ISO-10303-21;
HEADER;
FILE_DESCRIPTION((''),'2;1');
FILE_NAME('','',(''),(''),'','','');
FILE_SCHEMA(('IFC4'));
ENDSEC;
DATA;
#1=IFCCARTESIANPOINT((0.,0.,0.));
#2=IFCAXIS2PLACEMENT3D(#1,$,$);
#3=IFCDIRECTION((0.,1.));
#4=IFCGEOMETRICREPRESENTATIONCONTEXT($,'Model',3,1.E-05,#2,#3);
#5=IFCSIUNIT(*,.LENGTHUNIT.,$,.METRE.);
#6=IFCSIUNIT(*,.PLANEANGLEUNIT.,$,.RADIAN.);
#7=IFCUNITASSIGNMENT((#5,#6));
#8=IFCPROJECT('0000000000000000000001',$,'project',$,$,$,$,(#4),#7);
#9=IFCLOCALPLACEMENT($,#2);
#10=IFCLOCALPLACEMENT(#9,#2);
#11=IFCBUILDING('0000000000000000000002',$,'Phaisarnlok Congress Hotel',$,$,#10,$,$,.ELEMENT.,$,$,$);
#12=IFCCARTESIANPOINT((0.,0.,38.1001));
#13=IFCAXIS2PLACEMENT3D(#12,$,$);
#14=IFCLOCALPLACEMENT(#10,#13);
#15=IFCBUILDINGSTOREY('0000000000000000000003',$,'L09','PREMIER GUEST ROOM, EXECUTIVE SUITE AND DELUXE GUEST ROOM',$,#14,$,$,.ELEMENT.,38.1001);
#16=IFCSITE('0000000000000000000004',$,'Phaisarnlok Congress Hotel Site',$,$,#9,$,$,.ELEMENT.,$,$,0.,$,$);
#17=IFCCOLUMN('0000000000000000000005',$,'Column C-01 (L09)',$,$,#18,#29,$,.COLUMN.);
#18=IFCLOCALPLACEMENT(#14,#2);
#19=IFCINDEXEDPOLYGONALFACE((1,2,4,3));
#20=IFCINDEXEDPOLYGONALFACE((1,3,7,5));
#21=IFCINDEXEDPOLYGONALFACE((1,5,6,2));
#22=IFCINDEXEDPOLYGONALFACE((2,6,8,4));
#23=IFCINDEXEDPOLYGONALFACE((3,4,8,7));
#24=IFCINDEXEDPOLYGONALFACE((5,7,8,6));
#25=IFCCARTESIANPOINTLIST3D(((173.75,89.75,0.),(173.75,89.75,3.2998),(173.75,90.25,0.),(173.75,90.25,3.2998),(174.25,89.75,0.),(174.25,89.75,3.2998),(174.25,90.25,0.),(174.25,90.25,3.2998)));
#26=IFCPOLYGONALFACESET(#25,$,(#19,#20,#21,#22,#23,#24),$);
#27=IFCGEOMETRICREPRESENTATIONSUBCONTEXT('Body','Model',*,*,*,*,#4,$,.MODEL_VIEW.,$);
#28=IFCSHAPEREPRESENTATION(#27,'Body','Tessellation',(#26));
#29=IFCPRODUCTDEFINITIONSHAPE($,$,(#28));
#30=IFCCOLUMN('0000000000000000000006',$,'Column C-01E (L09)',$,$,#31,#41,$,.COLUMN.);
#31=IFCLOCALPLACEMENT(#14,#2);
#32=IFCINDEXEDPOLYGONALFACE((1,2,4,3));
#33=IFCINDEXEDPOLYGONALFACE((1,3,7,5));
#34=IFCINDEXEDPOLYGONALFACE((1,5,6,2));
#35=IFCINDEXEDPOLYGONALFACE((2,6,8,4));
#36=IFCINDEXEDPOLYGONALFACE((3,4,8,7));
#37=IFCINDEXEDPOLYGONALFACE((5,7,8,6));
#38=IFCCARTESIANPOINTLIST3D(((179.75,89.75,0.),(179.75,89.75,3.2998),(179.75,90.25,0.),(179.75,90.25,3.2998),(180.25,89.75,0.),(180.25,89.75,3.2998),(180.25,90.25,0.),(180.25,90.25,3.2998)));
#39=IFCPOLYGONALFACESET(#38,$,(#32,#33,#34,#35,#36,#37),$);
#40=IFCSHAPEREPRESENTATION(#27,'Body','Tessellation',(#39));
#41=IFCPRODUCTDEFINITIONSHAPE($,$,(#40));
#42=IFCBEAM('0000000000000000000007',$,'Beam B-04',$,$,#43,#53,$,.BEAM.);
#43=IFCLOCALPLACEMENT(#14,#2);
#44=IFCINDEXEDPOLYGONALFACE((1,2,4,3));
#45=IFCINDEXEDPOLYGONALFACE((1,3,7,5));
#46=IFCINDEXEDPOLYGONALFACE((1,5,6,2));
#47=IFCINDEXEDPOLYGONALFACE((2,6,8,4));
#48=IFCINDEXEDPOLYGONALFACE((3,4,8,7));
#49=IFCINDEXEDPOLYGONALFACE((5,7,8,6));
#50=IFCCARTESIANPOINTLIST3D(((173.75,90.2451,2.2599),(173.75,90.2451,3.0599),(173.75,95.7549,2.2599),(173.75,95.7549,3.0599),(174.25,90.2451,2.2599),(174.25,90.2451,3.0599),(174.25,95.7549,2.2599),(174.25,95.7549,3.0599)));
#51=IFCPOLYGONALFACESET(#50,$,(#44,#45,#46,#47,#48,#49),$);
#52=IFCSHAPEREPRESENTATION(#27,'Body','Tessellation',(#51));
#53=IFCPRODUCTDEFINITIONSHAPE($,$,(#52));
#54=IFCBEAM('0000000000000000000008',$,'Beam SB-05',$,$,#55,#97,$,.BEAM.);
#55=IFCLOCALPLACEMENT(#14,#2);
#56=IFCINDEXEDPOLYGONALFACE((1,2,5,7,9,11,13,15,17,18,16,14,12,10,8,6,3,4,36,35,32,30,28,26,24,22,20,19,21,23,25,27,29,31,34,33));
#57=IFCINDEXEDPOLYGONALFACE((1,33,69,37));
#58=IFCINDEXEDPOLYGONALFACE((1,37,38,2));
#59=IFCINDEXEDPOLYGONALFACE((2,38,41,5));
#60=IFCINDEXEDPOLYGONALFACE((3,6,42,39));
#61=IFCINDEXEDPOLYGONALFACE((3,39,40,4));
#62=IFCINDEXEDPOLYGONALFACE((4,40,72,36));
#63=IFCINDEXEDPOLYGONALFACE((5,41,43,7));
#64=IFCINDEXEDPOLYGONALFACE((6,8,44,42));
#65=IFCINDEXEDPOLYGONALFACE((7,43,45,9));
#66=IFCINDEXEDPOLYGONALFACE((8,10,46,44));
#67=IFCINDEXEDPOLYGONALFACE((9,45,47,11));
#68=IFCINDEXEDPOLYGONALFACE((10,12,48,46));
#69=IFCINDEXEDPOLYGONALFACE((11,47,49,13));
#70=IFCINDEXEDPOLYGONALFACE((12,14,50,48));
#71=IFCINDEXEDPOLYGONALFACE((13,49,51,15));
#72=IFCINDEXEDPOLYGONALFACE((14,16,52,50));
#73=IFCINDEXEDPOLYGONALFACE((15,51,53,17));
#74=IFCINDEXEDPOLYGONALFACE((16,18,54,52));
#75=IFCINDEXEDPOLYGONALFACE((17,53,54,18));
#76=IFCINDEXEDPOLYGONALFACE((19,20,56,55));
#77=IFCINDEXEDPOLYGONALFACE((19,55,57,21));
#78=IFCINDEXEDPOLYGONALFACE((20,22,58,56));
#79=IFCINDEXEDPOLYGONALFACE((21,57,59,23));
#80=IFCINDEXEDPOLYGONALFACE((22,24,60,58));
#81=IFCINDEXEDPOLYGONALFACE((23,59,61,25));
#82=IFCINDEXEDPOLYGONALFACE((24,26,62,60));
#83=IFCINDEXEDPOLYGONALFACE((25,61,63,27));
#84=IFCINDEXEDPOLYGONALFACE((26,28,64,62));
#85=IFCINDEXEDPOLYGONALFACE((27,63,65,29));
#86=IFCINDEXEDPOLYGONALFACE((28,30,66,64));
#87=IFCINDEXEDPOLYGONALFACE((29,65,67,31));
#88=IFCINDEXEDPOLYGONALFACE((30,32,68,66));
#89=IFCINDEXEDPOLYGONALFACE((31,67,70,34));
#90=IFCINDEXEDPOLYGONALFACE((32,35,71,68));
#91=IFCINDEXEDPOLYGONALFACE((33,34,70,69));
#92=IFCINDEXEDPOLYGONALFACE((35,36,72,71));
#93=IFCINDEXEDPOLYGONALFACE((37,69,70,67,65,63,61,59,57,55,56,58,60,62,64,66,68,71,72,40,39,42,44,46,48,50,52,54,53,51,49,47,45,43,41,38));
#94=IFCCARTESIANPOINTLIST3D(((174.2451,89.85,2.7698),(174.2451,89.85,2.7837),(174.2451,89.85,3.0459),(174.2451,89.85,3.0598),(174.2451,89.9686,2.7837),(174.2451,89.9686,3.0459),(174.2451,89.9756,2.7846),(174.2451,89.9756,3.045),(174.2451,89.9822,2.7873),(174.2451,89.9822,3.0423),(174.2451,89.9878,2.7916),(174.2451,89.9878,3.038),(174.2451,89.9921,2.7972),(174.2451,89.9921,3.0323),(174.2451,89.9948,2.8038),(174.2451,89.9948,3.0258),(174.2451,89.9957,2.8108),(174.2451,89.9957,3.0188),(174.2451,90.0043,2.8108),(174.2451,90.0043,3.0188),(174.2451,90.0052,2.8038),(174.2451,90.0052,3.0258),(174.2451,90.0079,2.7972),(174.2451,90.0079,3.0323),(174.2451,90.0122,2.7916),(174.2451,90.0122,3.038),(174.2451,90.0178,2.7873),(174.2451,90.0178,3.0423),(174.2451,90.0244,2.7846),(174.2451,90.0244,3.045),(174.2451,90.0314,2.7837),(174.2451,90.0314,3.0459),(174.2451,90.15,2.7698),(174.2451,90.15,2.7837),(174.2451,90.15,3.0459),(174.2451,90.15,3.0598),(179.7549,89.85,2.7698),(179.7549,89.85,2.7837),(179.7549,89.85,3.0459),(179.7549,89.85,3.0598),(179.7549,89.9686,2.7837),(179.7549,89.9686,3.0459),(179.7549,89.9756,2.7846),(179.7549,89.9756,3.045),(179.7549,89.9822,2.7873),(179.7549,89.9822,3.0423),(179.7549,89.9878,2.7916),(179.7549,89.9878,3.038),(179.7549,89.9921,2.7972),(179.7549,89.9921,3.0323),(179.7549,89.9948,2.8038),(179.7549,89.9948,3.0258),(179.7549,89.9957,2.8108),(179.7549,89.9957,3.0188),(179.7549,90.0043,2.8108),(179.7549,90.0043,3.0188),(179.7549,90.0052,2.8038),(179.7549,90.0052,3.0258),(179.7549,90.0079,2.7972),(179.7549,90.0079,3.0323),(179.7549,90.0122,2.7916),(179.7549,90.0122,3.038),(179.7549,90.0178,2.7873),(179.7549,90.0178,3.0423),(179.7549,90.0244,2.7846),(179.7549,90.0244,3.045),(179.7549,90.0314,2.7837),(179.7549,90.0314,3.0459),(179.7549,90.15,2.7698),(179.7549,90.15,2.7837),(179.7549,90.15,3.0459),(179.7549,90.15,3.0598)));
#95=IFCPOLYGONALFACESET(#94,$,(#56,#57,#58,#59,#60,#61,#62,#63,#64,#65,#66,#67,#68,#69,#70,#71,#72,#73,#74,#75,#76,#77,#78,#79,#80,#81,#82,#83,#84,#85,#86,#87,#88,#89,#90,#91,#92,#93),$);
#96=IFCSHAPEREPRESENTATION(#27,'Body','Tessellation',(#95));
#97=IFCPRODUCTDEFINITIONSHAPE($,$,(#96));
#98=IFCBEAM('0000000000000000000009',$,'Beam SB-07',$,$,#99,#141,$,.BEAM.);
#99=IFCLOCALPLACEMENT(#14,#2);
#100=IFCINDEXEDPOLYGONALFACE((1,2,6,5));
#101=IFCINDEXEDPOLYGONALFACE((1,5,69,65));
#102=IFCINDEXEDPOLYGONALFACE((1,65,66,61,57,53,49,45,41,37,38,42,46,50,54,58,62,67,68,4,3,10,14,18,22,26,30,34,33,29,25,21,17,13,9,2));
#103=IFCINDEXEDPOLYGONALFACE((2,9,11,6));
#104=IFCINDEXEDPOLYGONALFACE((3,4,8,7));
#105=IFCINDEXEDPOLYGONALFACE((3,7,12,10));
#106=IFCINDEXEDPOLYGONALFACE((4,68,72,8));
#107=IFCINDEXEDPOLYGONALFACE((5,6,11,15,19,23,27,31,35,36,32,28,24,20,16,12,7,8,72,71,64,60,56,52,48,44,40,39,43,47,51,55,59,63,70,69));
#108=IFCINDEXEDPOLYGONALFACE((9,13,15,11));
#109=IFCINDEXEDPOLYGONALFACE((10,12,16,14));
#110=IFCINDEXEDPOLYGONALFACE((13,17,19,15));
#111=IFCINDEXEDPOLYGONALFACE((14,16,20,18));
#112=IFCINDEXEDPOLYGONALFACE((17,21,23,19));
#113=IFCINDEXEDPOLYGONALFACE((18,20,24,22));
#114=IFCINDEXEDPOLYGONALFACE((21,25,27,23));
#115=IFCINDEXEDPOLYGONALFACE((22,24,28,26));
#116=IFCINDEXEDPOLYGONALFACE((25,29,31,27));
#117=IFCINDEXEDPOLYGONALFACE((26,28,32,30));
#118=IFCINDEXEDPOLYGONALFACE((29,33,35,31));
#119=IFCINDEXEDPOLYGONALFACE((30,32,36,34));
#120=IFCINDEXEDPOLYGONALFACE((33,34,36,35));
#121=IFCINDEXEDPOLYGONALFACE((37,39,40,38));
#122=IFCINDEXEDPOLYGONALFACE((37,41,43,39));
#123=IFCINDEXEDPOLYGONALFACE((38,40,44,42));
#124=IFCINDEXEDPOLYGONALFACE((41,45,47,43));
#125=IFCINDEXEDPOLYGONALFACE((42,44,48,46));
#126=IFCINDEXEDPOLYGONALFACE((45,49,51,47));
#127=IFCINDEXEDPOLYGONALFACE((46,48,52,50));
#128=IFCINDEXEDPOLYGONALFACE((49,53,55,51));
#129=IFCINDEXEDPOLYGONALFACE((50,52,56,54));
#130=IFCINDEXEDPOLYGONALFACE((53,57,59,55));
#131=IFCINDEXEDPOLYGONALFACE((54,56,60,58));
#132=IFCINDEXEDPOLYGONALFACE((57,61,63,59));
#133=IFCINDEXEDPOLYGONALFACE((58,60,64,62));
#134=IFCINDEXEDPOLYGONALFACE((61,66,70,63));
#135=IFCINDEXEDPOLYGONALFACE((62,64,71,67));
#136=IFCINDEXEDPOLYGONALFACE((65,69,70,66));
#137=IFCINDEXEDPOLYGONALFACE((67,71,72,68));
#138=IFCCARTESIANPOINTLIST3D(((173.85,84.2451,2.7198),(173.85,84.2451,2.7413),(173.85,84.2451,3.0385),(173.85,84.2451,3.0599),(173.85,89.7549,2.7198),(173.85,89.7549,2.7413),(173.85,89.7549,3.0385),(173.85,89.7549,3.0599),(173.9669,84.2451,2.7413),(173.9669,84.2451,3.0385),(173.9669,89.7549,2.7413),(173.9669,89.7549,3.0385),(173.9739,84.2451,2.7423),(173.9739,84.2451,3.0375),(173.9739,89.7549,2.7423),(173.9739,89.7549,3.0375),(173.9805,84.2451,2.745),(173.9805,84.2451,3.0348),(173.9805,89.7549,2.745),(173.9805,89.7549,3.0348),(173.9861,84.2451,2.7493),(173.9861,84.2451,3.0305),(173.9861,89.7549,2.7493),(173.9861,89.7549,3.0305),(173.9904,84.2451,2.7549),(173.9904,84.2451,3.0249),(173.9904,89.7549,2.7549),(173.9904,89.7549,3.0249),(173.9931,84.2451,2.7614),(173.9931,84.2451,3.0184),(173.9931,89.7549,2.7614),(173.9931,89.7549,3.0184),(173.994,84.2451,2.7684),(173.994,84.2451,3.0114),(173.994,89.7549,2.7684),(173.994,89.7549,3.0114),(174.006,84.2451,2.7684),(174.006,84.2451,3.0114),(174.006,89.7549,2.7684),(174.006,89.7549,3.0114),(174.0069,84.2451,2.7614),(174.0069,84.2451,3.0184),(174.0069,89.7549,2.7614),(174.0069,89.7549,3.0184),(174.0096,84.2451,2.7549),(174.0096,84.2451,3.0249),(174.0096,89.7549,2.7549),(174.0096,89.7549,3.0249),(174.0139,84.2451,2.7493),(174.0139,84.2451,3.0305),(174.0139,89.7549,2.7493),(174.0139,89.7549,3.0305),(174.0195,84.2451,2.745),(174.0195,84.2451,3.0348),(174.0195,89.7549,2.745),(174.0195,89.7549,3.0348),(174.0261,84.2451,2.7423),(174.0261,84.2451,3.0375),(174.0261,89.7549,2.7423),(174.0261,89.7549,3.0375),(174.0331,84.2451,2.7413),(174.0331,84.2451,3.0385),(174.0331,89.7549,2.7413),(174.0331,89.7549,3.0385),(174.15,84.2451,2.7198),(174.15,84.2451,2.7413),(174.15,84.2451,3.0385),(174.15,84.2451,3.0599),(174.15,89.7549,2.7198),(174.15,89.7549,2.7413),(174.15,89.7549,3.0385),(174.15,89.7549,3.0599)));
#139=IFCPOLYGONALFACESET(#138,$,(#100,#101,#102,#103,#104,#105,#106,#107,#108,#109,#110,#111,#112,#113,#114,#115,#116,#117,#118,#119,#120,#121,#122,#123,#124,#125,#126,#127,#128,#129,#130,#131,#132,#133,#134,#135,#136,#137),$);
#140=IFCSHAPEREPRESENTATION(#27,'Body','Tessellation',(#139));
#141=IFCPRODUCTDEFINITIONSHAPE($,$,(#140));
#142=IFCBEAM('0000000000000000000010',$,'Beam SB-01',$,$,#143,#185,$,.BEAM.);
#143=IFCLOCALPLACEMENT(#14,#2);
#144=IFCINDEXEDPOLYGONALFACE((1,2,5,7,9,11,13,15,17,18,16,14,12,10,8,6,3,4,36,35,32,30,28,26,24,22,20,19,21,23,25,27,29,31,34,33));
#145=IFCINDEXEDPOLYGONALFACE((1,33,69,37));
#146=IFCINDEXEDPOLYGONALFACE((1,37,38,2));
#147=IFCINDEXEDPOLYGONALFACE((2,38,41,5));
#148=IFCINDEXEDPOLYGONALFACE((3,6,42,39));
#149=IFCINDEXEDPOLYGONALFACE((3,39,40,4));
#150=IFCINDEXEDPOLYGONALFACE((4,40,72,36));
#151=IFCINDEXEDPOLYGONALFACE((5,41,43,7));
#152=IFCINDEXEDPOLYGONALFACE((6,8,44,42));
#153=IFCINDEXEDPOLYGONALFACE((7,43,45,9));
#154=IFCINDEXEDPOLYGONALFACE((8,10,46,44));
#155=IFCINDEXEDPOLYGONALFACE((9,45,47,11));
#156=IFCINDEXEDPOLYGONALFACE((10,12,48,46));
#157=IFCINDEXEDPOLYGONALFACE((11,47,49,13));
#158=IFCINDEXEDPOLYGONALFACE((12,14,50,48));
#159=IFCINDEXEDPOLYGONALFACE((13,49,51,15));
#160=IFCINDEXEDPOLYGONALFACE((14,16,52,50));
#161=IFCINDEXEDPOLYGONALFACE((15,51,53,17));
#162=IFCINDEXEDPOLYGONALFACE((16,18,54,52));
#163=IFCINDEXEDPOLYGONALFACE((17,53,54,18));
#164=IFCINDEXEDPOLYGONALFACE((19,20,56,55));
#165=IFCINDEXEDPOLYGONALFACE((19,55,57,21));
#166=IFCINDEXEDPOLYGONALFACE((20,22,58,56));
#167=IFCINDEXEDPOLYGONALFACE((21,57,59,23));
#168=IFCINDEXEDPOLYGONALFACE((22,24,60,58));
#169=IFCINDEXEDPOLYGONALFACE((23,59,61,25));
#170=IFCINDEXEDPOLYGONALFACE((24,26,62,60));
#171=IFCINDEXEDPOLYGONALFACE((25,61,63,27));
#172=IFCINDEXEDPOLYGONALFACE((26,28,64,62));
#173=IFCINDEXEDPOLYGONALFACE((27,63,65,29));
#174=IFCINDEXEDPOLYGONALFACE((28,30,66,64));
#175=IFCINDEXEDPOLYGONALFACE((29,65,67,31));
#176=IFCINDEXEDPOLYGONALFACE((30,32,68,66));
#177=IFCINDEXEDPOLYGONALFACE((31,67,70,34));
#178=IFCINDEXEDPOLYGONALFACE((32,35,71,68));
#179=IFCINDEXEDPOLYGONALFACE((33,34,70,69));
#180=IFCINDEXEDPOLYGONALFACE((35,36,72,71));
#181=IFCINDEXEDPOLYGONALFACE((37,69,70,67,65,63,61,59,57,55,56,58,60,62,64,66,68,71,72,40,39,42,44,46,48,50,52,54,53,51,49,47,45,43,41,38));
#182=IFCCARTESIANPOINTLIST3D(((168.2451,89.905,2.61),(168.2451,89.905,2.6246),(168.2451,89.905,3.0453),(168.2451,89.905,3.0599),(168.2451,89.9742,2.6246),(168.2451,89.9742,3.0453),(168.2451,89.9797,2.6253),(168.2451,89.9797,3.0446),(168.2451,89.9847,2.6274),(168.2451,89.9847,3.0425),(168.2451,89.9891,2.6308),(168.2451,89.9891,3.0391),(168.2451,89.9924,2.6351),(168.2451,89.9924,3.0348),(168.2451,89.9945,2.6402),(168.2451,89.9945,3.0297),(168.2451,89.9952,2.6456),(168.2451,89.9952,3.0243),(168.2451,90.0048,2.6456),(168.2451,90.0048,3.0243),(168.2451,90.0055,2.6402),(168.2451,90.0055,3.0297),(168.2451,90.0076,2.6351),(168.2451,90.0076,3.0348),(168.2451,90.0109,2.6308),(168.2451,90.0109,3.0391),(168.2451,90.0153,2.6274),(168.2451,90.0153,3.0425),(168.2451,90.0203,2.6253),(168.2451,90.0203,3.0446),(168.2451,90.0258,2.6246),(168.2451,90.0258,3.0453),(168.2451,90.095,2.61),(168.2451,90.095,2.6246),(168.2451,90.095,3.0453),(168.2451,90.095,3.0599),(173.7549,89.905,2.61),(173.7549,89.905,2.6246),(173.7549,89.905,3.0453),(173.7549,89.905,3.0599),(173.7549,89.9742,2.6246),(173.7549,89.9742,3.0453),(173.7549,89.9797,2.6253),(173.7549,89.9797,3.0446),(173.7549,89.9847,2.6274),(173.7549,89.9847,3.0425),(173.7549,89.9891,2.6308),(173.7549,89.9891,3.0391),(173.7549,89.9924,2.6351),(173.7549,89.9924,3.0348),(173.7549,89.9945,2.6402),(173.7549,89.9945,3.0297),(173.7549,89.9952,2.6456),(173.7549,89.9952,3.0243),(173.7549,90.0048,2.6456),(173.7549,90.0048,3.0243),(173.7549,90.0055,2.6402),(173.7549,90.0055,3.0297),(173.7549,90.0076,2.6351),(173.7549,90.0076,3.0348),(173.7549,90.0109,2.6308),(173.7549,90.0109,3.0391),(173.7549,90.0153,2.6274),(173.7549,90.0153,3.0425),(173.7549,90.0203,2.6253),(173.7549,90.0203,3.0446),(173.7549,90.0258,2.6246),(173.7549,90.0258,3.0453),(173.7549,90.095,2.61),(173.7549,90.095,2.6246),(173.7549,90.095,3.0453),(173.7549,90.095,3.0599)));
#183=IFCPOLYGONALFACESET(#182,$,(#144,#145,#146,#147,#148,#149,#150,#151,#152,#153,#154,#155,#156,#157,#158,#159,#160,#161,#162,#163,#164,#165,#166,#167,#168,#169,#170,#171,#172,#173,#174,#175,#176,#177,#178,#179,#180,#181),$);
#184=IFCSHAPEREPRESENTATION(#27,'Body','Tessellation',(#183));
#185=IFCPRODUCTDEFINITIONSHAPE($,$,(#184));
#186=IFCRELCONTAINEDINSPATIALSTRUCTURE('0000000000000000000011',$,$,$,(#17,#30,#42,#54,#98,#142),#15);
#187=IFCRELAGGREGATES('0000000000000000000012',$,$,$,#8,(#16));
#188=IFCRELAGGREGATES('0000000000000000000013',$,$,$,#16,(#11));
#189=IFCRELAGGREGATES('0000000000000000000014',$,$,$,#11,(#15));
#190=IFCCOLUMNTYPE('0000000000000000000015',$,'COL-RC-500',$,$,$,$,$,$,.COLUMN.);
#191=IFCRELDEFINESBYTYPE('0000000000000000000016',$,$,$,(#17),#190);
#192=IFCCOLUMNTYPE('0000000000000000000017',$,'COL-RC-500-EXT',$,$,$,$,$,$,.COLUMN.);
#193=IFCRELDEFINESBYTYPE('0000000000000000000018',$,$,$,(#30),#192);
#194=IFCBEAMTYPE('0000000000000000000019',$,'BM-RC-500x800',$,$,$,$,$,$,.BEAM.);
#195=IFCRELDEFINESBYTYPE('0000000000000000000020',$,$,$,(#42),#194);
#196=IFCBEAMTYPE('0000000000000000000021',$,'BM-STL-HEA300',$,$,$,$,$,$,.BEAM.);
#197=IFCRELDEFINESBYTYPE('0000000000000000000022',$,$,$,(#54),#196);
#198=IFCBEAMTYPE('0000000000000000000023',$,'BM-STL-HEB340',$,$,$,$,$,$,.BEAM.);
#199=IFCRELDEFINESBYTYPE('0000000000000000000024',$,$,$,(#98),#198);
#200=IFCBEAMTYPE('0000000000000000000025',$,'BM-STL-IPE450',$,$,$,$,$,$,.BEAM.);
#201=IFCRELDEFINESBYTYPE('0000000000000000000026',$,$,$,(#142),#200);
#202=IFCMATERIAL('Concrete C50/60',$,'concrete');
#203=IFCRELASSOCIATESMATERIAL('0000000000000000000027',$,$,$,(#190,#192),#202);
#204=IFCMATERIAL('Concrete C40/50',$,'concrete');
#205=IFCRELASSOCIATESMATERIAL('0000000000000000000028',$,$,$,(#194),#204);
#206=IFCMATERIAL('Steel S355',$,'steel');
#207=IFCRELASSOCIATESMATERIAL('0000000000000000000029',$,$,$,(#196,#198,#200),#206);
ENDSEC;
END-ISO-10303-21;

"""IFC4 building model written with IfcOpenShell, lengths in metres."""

from ifc_helpers import new_model, si_unit, direction, frame, origin, origin_2d, place, context, subcontext, project, spatial, rectangle, i_section, extrude, material, material_profile, profile_set, type_object, element, save


model = new_model("IFC4")

# Units and contexts
model_context = context("Model", 3, precision=1e-05, world=origin(), true_north=direction((0.0, 1.0)))
body_context = subcontext(model_context, "Body", "Model", "MODEL_VIEW")
ifc_project = project(units=[si_unit("LENGTHUNIT", "METRE"), si_unit("PLANEANGLEUNIT", "RADIAN")], contexts=[model_context])

# Site, building, storey
site_placement = place(None, origin())
site = spatial("IfcSite", under=ifc_project, at=site_placement, Name="Phaisarnlok Congress Hotel Site", CompositionType="ELEMENT", RefElevation=0.0)
building_placement = place(site_placement, origin())
building = spatial("IfcBuilding", under=site, at=building_placement, Name="Phaisarnlok Congress Hotel", CompositionType="ELEMENT")
storey_placement = place(building_placement, frame((0.0, 0.0, 38.1001)))
storey = spatial("IfcBuildingStorey", under=building, at=storey_placement, Name="L09", Description="PREMIER GUEST ROOM, EXECUTIVE SUITE AND DELUXE GUEST ROOM", CompositionType="ELEMENT", Elevation=38.1001)

# Columns
ifc_material_1 = material(Name="Concrete C50/60", Category="concrete")
ifc_material_profile_1 = material_profile(ifc_material_1, rectangle(XDim=0.5, YDim=0.5, at=origin_2d()), Name="RC 500x500")
ifc_profile_set_1 = profile_set([ifc_material_profile_1], Name="Concrete C50/60")
column_type_1 = type_object("IfcColumnType", Name="COL-RC-500", PredefinedType="COLUMN", material=ifc_profile_set_1)
column_1_placement = place(storey_placement, frame((174.0, 90.0, 0.0), z_axis=(0.0, 0.0, 1.0), x_axis=(1.0, 0.0, 0.0)))
element("IfcColumn", 1, at=column_1_placement, inside=storey, type_object=column_type_1, Name="Column C-01 (L09)", PredefinedType="COLUMN", context=body_context, shape_type="SweptSolid", body=[
    extrude(rectangle(XDim=0.5, YDim=0.5, at=origin_2d()), origin(), (0.0, 0.0, 1.0), 3.2998),
])
ifc_material_profile_2 = material_profile(ifc_material_1, rectangle(XDim=0.5, YDim=0.5, at=origin_2d()), Name="RC 500x500")
ifc_profile_set_2 = profile_set([ifc_material_profile_2], Name="Concrete C50/60")
column_type_2 = type_object("IfcColumnType", Name="COL-RC-500-EXT", PredefinedType="COLUMN", material=ifc_profile_set_2)
column_2_placement = place(storey_placement, frame((180.0, 90.0, 0.0), z_axis=(0.0, 0.0, 1.0), x_axis=(1.0, 0.0, 0.0)))
element("IfcColumn", 2, at=column_2_placement, inside=storey, type_object=column_type_2, Name="Column C-01E (L09)", PredefinedType="COLUMN", context=body_context, shape_type="SweptSolid", body=[
    extrude(rectangle(XDim=0.5, YDim=0.5, at=origin_2d()), origin(), (0.0, 0.0, 1.0), 3.2998),
])

# Beams
ifc_material_2 = material(Name="Concrete C40/50", Category="concrete")
ifc_material_profile_3 = material_profile(ifc_material_2, rectangle(XDim=0.5, YDim=0.8, at=origin_2d()), Name="RC 500x800")
ifc_profile_set_3 = profile_set([ifc_material_profile_3], Name="Concrete C40/50")
beam_type_1 = type_object("IfcBeamType", Name="BM-RC-500x800", PredefinedType="BEAM", material=ifc_profile_set_3)
beam_1_placement = place(storey_placement, frame((174.0, 90.2451, 2.6599), z_axis=(0.0, 1.0, 0.0), x_axis=(-1.0, 0.0, 0.0)))
element("IfcBeam", 3, at=beam_1_placement, inside=storey, type_object=beam_type_1, Name="Beam B-04", PredefinedType="BEAM", context=body_context, shape_type="SweptSolid", body=[
    extrude(rectangle(XDim=0.5, YDim=0.8, at=origin_2d()), origin(), (0.0, 0.0, 1.0), 5.5098),
])
ifc_material_3 = material(Name="Steel S355", Category="steel")
ifc_material_profile_4 = material_profile(ifc_material_3, i_section(OverallWidth=0.3, OverallDepth=0.29, WebThickness=0.0085, FlangeThickness=0.0139, FilletRadius=0.0271, at=origin_2d()), Name="HEA 300")
ifc_profile_set_4 = profile_set([ifc_material_profile_4], Name="Steel S355")
beam_type_2 = type_object("IfcBeamType", Name="BM-STL-HEA300", PredefinedType="BEAM", material=ifc_profile_set_4)
beam_2_placement = place(storey_placement, frame((174.2451, 90.0, 2.9148), z_axis=(1.0, 0.0, 0.0), x_axis=(0.0, 1.0, 0.0)))
element("IfcBeam", 4, at=beam_2_placement, inside=storey, type_object=beam_type_2, Name="Beam SB-05", PredefinedType="BEAM", context=body_context, shape_type="SweptSolid", body=[
    extrude(i_section(OverallWidth=0.3, OverallDepth=0.29, WebThickness=0.0085, FlangeThickness=0.0139, FilletRadius=0.0271, at=origin_2d()), origin(), (0.0, 0.0, 1.0), 5.5098),
])
ifc_material_profile_5 = material_profile(ifc_material_3, i_section(OverallWidth=0.3, OverallDepth=0.3401, WebThickness=0.012, FlangeThickness=0.0215, FilletRadius=0.0271, at=origin_2d()), Name="HEB 340")
ifc_profile_set_5 = profile_set([ifc_material_profile_5], Name="Steel S355")
beam_type_3 = type_object("IfcBeamType", Name="BM-STL-HEB340", PredefinedType="BEAM", material=ifc_profile_set_5)
beam_3_placement = place(storey_placement, frame((174.0, 84.2451, 2.8899), z_axis=(0.0, 1.0, 0.0), x_axis=(-1.0, 0.0, 0.0)))
element("IfcBeam", 5, at=beam_3_placement, inside=storey, type_object=beam_type_3, Name="Beam SB-07", PredefinedType="BEAM", context=body_context, shape_type="SweptSolid", body=[
    extrude(i_section(OverallWidth=0.3, OverallDepth=0.3401, WebThickness=0.012, FlangeThickness=0.0215, FilletRadius=0.0271, at=origin_2d()), origin(), (0.0, 0.0, 1.0), 5.5098),
])
ifc_material_profile_6 = material_profile(ifc_material_3, i_section(OverallWidth=0.1899, OverallDepth=0.45, WebThickness=0.0095, FlangeThickness=0.0146, FilletRadius=0.021, at=origin_2d()), Name="IPE 450")
ifc_profile_set_6 = profile_set([ifc_material_profile_6], Name="Steel S355")
beam_type_4 = type_object("IfcBeamType", Name="BM-STL-IPE450", PredefinedType="BEAM", material=ifc_profile_set_6)
beam_4_placement = place(storey_placement, frame((168.2451, 90.0, 2.835), z_axis=(1.0, 0.0, 0.0), x_axis=(0.0, 1.0, 0.0)))
element("IfcBeam", 6, at=beam_4_placement, inside=storey, type_object=beam_type_4, Name="Beam SB-01", PredefinedType="BEAM", context=body_context, shape_type="SweptSolid", body=[
    extrude(i_section(OverallWidth=0.1899, OverallDepth=0.45, WebThickness=0.0095, FlangeThickness=0.0146, FilletRadius=0.021, at=origin_2d()), origin(), (0.0, 0.0, 1.0), 5.5098),
])

save(model, "model.ifc")
